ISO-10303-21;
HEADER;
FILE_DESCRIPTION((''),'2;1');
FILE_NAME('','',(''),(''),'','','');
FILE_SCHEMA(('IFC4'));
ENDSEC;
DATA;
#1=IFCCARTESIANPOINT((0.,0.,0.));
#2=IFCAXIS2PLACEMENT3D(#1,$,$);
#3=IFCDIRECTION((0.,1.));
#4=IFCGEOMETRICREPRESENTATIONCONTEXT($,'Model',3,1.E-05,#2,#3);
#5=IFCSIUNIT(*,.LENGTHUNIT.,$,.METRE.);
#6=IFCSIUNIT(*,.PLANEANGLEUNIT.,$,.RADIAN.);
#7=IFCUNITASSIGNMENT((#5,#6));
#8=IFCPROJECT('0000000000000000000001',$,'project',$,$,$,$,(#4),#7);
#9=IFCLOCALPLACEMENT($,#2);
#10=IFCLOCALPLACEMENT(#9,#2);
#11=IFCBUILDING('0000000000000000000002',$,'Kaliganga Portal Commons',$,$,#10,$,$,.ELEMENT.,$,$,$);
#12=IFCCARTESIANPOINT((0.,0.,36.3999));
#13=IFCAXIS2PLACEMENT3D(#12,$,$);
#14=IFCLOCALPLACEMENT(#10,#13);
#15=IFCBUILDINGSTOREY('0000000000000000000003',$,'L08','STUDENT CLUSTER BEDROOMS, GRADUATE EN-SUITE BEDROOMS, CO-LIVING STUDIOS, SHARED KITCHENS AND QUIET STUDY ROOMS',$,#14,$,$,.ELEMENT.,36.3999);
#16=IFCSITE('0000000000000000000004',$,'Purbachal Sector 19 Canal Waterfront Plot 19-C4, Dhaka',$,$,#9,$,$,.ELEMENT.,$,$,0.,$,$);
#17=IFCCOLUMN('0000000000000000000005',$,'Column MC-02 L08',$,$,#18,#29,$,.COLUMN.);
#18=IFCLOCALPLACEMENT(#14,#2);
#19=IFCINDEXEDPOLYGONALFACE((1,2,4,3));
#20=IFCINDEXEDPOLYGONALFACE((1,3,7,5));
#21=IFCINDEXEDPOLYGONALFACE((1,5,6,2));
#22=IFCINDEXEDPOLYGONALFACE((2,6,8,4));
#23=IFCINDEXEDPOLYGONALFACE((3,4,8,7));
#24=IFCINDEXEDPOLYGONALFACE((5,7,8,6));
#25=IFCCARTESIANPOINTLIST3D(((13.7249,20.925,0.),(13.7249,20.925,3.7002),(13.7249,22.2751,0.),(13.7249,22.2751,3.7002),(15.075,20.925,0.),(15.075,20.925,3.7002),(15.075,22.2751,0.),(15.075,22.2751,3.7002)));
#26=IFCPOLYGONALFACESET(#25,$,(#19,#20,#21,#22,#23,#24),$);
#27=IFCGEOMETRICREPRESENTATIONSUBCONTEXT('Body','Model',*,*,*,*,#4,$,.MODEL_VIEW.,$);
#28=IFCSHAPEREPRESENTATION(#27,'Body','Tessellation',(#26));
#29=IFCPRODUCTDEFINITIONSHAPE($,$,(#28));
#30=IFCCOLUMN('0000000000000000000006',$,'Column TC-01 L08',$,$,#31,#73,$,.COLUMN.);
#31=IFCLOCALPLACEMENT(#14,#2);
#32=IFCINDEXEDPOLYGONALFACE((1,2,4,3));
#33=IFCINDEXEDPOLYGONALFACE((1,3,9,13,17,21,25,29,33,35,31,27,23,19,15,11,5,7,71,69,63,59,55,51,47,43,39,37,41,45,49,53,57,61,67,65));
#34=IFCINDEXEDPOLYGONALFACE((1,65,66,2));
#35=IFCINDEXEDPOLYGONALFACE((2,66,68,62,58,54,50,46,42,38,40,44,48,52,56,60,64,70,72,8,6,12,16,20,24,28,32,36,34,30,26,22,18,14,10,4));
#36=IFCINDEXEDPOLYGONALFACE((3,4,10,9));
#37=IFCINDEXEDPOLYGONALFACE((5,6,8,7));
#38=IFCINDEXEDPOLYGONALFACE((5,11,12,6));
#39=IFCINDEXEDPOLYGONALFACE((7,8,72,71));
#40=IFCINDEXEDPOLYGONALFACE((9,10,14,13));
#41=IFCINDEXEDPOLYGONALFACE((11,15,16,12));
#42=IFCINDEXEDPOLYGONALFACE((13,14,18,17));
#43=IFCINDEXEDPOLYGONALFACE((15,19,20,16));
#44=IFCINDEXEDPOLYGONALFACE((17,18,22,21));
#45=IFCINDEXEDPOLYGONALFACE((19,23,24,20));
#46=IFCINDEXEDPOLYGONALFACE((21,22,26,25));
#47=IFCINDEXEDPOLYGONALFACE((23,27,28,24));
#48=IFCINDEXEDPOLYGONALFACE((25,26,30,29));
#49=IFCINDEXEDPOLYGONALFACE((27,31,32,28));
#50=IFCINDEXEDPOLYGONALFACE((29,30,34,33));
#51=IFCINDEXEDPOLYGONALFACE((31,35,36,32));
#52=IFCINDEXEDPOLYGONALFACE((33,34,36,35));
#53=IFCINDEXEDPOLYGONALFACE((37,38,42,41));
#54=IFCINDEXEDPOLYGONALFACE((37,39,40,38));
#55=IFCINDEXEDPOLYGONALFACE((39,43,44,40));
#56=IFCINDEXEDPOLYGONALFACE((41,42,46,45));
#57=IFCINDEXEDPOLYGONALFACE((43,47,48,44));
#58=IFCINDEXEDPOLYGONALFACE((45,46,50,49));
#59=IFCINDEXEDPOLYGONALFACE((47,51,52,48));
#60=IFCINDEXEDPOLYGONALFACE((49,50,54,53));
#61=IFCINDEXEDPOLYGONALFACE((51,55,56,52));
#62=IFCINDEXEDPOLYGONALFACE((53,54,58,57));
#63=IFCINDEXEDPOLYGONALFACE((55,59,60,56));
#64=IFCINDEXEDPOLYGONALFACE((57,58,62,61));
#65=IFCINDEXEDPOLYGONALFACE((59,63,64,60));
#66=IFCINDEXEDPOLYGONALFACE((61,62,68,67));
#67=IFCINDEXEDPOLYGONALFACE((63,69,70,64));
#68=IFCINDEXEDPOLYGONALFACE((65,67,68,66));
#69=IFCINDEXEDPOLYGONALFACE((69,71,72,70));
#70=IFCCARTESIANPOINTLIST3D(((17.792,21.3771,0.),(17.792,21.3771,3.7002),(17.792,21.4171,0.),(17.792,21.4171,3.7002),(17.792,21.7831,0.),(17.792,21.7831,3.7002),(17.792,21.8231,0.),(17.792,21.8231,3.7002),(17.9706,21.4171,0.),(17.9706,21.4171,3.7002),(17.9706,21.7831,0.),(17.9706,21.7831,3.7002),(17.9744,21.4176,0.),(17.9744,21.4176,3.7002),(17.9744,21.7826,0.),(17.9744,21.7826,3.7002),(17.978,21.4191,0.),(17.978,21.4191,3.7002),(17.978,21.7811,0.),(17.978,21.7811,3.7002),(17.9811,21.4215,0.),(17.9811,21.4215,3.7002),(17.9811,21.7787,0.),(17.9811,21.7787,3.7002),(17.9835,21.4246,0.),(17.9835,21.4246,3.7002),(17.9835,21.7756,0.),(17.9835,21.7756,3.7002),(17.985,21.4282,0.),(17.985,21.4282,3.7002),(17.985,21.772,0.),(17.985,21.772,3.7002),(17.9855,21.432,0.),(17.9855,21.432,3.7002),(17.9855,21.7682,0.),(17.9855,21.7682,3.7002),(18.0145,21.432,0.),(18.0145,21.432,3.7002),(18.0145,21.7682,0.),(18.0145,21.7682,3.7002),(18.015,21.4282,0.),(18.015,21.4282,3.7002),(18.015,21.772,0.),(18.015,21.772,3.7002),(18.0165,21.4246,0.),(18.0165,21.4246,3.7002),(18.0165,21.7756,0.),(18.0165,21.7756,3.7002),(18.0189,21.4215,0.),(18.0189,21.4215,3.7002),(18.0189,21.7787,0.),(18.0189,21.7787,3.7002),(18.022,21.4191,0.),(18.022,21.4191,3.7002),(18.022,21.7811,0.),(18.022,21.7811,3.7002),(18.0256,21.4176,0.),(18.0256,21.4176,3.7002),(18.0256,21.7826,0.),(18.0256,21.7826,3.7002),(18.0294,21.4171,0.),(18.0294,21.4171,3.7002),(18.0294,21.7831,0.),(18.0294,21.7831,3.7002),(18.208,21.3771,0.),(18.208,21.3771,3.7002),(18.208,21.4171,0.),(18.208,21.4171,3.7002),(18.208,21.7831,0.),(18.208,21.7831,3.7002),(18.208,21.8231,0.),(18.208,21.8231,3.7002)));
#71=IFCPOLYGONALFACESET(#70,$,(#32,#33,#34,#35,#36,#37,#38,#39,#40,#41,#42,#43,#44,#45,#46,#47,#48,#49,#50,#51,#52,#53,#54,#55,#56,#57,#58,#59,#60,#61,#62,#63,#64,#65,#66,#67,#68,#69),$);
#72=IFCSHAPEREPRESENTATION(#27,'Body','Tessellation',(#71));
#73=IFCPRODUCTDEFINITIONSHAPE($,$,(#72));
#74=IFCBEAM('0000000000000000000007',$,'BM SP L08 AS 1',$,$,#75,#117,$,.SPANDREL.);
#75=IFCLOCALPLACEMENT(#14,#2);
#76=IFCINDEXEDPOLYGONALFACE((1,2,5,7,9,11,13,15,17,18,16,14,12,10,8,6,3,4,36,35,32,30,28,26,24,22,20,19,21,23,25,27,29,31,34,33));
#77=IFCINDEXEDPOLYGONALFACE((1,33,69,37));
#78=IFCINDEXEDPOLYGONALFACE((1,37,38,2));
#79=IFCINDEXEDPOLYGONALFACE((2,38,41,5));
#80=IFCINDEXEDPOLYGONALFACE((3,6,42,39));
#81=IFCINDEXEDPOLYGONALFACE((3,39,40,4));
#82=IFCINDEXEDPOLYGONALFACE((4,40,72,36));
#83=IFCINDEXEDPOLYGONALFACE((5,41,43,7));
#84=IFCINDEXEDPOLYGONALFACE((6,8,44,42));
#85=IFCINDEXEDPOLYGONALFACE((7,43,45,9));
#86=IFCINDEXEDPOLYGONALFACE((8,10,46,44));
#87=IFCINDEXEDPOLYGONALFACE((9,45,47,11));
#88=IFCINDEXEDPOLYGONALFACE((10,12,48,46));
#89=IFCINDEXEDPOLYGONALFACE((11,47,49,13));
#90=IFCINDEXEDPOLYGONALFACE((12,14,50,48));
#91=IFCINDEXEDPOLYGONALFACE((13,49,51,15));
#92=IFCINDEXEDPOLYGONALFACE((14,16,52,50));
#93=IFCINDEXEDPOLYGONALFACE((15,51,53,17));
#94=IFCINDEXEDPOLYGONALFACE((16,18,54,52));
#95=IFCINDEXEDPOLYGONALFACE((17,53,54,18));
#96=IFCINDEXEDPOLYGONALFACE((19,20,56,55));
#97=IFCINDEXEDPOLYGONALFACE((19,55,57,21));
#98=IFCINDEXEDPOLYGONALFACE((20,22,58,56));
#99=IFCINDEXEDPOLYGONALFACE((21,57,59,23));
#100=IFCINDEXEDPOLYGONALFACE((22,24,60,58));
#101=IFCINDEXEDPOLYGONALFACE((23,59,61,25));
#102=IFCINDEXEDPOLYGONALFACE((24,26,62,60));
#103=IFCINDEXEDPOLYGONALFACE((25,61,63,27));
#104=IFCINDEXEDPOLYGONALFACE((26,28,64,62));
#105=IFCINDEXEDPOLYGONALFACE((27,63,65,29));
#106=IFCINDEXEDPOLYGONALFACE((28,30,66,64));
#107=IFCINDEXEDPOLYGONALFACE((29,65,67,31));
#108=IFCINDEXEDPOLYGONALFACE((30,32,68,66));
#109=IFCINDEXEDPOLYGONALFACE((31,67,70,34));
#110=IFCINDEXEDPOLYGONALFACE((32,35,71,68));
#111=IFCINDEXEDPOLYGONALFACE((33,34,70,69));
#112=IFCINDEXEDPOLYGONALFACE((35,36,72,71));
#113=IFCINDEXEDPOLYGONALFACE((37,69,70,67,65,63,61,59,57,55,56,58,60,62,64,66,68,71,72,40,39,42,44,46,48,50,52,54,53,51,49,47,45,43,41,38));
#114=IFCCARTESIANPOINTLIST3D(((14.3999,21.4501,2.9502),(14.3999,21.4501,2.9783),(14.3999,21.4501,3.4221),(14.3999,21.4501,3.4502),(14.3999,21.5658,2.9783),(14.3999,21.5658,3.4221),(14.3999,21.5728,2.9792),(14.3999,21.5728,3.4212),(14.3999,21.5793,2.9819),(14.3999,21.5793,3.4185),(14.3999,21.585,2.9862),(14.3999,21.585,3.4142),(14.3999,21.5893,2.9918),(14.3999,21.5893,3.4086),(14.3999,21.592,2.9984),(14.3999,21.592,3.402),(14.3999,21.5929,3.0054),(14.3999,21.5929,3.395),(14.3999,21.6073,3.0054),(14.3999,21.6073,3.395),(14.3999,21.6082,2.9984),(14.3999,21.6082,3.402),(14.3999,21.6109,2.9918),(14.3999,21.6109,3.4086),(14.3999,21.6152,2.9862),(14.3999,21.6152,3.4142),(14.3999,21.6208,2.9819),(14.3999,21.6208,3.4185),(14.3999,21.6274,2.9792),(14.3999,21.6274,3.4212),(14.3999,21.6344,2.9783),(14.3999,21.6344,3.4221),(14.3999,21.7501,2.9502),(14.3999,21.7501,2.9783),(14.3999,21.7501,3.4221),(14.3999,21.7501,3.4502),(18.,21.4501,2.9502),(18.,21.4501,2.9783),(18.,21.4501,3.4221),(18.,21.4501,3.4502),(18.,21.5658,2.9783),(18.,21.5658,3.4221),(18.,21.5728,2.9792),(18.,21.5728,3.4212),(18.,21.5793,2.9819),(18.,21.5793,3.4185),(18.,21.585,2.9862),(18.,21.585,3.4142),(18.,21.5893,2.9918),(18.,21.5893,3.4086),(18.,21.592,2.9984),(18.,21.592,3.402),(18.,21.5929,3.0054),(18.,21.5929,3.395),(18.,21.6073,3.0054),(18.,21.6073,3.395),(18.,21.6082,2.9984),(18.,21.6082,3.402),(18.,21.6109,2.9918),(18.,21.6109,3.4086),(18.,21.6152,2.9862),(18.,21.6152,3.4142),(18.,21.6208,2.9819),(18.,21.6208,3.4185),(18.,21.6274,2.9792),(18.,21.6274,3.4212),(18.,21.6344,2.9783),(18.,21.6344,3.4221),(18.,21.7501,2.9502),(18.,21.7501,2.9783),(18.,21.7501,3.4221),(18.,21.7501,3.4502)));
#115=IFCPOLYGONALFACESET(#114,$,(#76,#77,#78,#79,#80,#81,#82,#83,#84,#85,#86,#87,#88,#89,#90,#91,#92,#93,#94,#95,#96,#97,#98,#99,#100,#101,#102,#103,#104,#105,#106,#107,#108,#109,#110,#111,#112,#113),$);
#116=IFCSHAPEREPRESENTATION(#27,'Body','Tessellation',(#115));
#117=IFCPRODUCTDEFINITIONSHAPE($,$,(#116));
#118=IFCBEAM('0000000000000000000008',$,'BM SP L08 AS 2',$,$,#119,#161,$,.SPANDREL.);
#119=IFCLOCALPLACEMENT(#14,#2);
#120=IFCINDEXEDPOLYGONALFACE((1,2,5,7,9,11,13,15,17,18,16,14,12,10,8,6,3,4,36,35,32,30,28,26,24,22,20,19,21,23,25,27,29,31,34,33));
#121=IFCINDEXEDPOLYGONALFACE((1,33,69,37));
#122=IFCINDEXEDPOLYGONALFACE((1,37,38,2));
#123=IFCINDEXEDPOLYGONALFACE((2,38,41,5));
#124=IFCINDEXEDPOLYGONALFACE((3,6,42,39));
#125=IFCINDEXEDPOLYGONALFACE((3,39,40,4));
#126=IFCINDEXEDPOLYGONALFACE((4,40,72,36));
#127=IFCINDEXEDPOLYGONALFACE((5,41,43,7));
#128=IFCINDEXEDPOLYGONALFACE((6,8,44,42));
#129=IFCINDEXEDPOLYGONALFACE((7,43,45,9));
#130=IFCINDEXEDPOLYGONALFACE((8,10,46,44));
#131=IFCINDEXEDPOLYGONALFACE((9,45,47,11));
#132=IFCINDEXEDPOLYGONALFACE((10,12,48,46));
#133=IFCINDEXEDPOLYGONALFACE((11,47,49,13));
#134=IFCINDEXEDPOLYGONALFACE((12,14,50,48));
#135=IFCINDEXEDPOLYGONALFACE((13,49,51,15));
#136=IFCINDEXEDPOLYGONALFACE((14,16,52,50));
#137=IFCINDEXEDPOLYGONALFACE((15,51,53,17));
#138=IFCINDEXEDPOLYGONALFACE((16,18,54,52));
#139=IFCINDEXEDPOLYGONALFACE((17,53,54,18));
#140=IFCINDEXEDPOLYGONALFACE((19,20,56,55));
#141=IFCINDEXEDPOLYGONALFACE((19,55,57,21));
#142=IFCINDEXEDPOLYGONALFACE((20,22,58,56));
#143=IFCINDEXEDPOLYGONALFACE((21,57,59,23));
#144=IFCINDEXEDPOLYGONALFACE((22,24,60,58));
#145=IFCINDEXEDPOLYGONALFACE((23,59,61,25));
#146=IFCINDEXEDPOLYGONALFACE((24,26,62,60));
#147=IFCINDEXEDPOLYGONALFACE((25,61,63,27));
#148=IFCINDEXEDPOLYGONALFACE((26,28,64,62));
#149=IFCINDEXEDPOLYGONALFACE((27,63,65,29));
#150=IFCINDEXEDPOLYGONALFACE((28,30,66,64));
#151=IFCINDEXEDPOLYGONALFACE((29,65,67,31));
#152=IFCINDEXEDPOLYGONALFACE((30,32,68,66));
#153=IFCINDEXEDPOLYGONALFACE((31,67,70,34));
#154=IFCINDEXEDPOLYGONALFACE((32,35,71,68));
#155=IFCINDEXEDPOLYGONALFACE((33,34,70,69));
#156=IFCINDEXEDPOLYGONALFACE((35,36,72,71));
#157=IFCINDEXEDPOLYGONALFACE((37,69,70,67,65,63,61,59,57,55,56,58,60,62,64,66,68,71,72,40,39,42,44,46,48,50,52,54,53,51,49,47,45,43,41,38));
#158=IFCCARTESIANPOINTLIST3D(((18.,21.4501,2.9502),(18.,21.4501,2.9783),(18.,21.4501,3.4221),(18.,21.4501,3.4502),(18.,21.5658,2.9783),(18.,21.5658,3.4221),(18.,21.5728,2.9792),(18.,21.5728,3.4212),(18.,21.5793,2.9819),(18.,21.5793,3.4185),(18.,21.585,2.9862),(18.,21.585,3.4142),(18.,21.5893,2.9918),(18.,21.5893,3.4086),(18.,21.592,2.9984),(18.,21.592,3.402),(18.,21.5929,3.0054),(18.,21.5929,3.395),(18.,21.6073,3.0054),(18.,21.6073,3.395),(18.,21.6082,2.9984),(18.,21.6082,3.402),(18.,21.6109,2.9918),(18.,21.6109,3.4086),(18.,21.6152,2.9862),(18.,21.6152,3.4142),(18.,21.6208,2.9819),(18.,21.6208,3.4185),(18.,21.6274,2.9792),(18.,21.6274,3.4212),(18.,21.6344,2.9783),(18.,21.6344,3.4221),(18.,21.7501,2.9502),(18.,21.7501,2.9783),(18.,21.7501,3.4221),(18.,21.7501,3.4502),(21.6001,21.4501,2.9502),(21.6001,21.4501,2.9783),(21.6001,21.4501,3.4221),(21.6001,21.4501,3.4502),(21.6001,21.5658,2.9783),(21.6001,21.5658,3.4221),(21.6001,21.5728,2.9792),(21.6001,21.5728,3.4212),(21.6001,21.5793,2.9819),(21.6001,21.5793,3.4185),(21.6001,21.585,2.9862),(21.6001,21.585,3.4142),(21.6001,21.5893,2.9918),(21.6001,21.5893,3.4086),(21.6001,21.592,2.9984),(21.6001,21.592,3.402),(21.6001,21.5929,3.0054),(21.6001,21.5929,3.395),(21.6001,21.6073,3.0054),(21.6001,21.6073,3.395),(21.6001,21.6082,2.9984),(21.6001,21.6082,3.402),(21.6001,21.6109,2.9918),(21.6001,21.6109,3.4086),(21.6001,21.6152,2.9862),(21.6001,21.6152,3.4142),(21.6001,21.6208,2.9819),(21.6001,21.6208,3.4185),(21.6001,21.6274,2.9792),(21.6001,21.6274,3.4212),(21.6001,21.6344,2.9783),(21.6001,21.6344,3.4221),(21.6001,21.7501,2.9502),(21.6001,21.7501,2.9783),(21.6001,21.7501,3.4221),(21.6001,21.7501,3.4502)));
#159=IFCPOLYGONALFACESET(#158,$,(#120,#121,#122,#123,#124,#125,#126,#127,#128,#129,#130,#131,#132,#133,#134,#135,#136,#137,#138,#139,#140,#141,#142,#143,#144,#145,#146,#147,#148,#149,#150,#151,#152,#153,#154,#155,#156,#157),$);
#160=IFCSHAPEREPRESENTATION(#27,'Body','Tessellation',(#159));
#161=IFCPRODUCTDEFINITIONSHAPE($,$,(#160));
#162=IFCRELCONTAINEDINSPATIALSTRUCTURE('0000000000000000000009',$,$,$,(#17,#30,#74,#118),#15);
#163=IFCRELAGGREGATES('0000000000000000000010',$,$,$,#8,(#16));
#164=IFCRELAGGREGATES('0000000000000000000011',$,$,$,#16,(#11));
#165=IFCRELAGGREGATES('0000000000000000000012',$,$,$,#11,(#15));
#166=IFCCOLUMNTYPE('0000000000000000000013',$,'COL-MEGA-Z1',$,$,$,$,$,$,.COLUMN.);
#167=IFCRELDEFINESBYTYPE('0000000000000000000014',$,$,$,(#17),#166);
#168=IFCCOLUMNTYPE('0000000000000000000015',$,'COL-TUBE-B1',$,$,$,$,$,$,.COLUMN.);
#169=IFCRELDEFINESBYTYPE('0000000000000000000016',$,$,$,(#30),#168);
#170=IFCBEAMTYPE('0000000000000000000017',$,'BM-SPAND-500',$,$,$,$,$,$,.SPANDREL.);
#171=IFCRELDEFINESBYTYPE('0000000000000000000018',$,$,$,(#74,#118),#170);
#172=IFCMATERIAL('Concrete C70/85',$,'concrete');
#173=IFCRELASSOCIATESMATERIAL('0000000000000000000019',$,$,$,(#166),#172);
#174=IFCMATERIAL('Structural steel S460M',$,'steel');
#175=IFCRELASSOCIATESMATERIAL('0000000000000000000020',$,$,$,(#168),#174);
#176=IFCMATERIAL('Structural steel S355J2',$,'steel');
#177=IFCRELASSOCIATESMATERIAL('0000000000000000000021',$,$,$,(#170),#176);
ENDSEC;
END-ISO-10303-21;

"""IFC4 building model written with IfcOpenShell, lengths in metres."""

from ifc_helpers import new_model, si_unit, direction, frame, origin, origin_2d, place, context, subcontext, project, spatial, rectangle, i_section, extrude, source, transform, mapped, material, material_profile, profile_set, type_object, element, save


model = new_model("IFC4")

# Units and contexts
model_context = context("Model", 3, precision=1e-05, world=origin(), true_north=direction((0.0, 1.0)))
body_context = subcontext(model_context, "Body", "Model", "MODEL_VIEW")
ifc_project = project(units=[si_unit("LENGTHUNIT", "METRE"), si_unit("PLANEANGLEUNIT", "RADIAN")], contexts=[model_context])

# Site, building, storey
site_placement = place(None, origin())
site = spatial("IfcSite", under=ifc_project, at=site_placement, Name="Purbachal Sector 19 Canal Waterfront Plot 19-C4, Dhaka", CompositionType="ELEMENT", RefElevation=0.0)
building_placement = place(site_placement, origin())
building = spatial("IfcBuilding", under=site, at=building_placement, Name="Kaliganga Portal Commons", CompositionType="ELEMENT")
storey_placement = place(building_placement, frame((0.0, 0.0, 36.3999)))
storey = spatial("IfcBuildingStorey", under=building, at=storey_placement, Name="L08", Description="STUDENT CLUSTER BEDROOMS, GRADUATE EN-SUITE BEDROOMS, CO-LIVING STUDIOS, SHARED KITCHENS AND QUIET STUDY ROOMS", CompositionType="ELEMENT", Elevation=36.3999)

# Columns
ifc_material_1 = material(Name="Concrete C70/85", Category="concrete")
ifc_material_profile_1 = material_profile(ifc_material_1, rectangle(XDim=1.3501, YDim=1.3501, at=origin_2d()), Name="RC 1350x1350")
ifc_profile_set_1 = profile_set([ifc_material_profile_1], Name="Concrete C70/85")
column_type_1 = type_object("IfcColumnType", Name="COL-MEGA-Z1", PredefinedType="COLUMN", material=ifc_profile_set_1)
shared_shape_1 = source(origin(), body_context, "Body", "SweptSolid", [
    extrude(rectangle(XDim=1.3501, YDim=1.3501, at=origin_2d()), origin(), (0.0, 0.0, 1.0), 3.7002),
])
column_1_placement = place(storey_placement, frame((14.3999, 21.6001, 0.0), z_axis=(0.0, 0.0, 1.0), x_axis=(1.0, 0.0, 0.0)))
element("IfcColumn", 1, at=column_1_placement, inside=storey, type_object=column_type_1, Name="Column MC-02 L08", PredefinedType="COLUMN", context=body_context, shape_type="MappedRepresentation", body=[
    mapped(shared_shape_1, transform((0.0, 0.0, 0.0), x_axis=(1.0, 0.0, 0.0), y_axis=(0.0, 1.0, 0.0), z_axis=(0.0, 0.0, 1.0), scale=1.0)),
])
ifc_material_2 = material(Name="Structural steel S460M", Category="steel")
ifc_material_profile_2 = material_profile(ifc_material_2, i_section(OverallWidth=0.416, OverallDepth=0.446, WebThickness=0.0291, FlangeThickness=0.04, FilletRadius=0.0149, at=origin_2d()), Name="HD 400x509")
ifc_profile_set_2 = profile_set([ifc_material_profile_2], Name="Structural steel S460M wide-flange")
column_type_2 = type_object("IfcColumnType", Name="COL-TUBE-B1", PredefinedType="COLUMN", material=ifc_profile_set_2)
shared_shape_2 = source(origin(), body_context, "Body", "SweptSolid", [
    extrude(i_section(OverallWidth=0.416, OverallDepth=0.446, WebThickness=0.0291, FlangeThickness=0.04, FilletRadius=0.0149, at=origin_2d()), origin(), (0.0, 0.0, 1.0), 3.7002),
])
column_2_placement = place(storey_placement, frame((18.0, 21.6001, 0.0), z_axis=(0.0, 0.0, 1.0), x_axis=(1.0, 0.0, 0.0)))
element("IfcColumn", 2, at=column_2_placement, inside=storey, type_object=column_type_2, Name="Column TC-01 L08", PredefinedType="COLUMN", context=body_context, shape_type="MappedRepresentation", body=[
    mapped(shared_shape_2, transform((0.0, 0.0, 0.0), x_axis=(1.0, 0.0, 0.0), y_axis=(0.0, 1.0, 0.0), z_axis=(0.0, 0.0, 1.0), scale=1.0)),
])

# Beams
ifc_material_3 = material(Name="Structural steel S355J2", Category="steel")
ifc_material_profile_3 = material_profile(ifc_material_3, i_section(OverallWidth=0.3, OverallDepth=0.5, WebThickness=0.0144, FlangeThickness=0.0281, FilletRadius=0.0271, at=origin_2d()), Name="HE 500 B")
ifc_profile_set_3 = profile_set([ifc_material_profile_3], Name="Structural steel S355J2 wide-flange")
beam_type_1 = type_object("IfcBeamType", Name="BM-SPAND-500", PredefinedType="SPANDREL", material=ifc_profile_set_3)
shared_shape_3 = source(origin(), body_context, "Body", "SweptSolid", [
    extrude(i_section(OverallWidth=0.3, OverallDepth=0.5, WebThickness=0.0144, FlangeThickness=0.0281, FilletRadius=0.0271, at=origin_2d()), origin(), (0.0, 0.0, 1.0), 3.6001),
])
for number, where, z_axis, x_axis, name in (
    (3, (14.3999, 21.6001, 3.2002), (1.0, 0.0, 0.0), (0.0, 1.0, 0.0), "BM SP L08 AS 1"),
    (4, (18.0, 21.6001, 3.2002), (1.0, 0.0, 0.0), (0.0, 1.0, 0.0), "BM SP L08 AS 2"),
):
    element("IfcBeam", number, at=place(storey_placement, frame(where, z_axis=z_axis, x_axis=x_axis)), inside=storey, type_object=beam_type_1, Name=name, PredefinedType="SPANDREL", context=body_context, shape_type="MappedRepresentation", body=[
        mapped(shared_shape_3, transform((0.0, 0.0, 0.0), x_axis=(1.0, 0.0, 0.0), y_axis=(0.0, 1.0, 0.0), z_axis=(0.0, 0.0, 1.0), scale=1.0)),
    ])

save(model, "model.ifc")
